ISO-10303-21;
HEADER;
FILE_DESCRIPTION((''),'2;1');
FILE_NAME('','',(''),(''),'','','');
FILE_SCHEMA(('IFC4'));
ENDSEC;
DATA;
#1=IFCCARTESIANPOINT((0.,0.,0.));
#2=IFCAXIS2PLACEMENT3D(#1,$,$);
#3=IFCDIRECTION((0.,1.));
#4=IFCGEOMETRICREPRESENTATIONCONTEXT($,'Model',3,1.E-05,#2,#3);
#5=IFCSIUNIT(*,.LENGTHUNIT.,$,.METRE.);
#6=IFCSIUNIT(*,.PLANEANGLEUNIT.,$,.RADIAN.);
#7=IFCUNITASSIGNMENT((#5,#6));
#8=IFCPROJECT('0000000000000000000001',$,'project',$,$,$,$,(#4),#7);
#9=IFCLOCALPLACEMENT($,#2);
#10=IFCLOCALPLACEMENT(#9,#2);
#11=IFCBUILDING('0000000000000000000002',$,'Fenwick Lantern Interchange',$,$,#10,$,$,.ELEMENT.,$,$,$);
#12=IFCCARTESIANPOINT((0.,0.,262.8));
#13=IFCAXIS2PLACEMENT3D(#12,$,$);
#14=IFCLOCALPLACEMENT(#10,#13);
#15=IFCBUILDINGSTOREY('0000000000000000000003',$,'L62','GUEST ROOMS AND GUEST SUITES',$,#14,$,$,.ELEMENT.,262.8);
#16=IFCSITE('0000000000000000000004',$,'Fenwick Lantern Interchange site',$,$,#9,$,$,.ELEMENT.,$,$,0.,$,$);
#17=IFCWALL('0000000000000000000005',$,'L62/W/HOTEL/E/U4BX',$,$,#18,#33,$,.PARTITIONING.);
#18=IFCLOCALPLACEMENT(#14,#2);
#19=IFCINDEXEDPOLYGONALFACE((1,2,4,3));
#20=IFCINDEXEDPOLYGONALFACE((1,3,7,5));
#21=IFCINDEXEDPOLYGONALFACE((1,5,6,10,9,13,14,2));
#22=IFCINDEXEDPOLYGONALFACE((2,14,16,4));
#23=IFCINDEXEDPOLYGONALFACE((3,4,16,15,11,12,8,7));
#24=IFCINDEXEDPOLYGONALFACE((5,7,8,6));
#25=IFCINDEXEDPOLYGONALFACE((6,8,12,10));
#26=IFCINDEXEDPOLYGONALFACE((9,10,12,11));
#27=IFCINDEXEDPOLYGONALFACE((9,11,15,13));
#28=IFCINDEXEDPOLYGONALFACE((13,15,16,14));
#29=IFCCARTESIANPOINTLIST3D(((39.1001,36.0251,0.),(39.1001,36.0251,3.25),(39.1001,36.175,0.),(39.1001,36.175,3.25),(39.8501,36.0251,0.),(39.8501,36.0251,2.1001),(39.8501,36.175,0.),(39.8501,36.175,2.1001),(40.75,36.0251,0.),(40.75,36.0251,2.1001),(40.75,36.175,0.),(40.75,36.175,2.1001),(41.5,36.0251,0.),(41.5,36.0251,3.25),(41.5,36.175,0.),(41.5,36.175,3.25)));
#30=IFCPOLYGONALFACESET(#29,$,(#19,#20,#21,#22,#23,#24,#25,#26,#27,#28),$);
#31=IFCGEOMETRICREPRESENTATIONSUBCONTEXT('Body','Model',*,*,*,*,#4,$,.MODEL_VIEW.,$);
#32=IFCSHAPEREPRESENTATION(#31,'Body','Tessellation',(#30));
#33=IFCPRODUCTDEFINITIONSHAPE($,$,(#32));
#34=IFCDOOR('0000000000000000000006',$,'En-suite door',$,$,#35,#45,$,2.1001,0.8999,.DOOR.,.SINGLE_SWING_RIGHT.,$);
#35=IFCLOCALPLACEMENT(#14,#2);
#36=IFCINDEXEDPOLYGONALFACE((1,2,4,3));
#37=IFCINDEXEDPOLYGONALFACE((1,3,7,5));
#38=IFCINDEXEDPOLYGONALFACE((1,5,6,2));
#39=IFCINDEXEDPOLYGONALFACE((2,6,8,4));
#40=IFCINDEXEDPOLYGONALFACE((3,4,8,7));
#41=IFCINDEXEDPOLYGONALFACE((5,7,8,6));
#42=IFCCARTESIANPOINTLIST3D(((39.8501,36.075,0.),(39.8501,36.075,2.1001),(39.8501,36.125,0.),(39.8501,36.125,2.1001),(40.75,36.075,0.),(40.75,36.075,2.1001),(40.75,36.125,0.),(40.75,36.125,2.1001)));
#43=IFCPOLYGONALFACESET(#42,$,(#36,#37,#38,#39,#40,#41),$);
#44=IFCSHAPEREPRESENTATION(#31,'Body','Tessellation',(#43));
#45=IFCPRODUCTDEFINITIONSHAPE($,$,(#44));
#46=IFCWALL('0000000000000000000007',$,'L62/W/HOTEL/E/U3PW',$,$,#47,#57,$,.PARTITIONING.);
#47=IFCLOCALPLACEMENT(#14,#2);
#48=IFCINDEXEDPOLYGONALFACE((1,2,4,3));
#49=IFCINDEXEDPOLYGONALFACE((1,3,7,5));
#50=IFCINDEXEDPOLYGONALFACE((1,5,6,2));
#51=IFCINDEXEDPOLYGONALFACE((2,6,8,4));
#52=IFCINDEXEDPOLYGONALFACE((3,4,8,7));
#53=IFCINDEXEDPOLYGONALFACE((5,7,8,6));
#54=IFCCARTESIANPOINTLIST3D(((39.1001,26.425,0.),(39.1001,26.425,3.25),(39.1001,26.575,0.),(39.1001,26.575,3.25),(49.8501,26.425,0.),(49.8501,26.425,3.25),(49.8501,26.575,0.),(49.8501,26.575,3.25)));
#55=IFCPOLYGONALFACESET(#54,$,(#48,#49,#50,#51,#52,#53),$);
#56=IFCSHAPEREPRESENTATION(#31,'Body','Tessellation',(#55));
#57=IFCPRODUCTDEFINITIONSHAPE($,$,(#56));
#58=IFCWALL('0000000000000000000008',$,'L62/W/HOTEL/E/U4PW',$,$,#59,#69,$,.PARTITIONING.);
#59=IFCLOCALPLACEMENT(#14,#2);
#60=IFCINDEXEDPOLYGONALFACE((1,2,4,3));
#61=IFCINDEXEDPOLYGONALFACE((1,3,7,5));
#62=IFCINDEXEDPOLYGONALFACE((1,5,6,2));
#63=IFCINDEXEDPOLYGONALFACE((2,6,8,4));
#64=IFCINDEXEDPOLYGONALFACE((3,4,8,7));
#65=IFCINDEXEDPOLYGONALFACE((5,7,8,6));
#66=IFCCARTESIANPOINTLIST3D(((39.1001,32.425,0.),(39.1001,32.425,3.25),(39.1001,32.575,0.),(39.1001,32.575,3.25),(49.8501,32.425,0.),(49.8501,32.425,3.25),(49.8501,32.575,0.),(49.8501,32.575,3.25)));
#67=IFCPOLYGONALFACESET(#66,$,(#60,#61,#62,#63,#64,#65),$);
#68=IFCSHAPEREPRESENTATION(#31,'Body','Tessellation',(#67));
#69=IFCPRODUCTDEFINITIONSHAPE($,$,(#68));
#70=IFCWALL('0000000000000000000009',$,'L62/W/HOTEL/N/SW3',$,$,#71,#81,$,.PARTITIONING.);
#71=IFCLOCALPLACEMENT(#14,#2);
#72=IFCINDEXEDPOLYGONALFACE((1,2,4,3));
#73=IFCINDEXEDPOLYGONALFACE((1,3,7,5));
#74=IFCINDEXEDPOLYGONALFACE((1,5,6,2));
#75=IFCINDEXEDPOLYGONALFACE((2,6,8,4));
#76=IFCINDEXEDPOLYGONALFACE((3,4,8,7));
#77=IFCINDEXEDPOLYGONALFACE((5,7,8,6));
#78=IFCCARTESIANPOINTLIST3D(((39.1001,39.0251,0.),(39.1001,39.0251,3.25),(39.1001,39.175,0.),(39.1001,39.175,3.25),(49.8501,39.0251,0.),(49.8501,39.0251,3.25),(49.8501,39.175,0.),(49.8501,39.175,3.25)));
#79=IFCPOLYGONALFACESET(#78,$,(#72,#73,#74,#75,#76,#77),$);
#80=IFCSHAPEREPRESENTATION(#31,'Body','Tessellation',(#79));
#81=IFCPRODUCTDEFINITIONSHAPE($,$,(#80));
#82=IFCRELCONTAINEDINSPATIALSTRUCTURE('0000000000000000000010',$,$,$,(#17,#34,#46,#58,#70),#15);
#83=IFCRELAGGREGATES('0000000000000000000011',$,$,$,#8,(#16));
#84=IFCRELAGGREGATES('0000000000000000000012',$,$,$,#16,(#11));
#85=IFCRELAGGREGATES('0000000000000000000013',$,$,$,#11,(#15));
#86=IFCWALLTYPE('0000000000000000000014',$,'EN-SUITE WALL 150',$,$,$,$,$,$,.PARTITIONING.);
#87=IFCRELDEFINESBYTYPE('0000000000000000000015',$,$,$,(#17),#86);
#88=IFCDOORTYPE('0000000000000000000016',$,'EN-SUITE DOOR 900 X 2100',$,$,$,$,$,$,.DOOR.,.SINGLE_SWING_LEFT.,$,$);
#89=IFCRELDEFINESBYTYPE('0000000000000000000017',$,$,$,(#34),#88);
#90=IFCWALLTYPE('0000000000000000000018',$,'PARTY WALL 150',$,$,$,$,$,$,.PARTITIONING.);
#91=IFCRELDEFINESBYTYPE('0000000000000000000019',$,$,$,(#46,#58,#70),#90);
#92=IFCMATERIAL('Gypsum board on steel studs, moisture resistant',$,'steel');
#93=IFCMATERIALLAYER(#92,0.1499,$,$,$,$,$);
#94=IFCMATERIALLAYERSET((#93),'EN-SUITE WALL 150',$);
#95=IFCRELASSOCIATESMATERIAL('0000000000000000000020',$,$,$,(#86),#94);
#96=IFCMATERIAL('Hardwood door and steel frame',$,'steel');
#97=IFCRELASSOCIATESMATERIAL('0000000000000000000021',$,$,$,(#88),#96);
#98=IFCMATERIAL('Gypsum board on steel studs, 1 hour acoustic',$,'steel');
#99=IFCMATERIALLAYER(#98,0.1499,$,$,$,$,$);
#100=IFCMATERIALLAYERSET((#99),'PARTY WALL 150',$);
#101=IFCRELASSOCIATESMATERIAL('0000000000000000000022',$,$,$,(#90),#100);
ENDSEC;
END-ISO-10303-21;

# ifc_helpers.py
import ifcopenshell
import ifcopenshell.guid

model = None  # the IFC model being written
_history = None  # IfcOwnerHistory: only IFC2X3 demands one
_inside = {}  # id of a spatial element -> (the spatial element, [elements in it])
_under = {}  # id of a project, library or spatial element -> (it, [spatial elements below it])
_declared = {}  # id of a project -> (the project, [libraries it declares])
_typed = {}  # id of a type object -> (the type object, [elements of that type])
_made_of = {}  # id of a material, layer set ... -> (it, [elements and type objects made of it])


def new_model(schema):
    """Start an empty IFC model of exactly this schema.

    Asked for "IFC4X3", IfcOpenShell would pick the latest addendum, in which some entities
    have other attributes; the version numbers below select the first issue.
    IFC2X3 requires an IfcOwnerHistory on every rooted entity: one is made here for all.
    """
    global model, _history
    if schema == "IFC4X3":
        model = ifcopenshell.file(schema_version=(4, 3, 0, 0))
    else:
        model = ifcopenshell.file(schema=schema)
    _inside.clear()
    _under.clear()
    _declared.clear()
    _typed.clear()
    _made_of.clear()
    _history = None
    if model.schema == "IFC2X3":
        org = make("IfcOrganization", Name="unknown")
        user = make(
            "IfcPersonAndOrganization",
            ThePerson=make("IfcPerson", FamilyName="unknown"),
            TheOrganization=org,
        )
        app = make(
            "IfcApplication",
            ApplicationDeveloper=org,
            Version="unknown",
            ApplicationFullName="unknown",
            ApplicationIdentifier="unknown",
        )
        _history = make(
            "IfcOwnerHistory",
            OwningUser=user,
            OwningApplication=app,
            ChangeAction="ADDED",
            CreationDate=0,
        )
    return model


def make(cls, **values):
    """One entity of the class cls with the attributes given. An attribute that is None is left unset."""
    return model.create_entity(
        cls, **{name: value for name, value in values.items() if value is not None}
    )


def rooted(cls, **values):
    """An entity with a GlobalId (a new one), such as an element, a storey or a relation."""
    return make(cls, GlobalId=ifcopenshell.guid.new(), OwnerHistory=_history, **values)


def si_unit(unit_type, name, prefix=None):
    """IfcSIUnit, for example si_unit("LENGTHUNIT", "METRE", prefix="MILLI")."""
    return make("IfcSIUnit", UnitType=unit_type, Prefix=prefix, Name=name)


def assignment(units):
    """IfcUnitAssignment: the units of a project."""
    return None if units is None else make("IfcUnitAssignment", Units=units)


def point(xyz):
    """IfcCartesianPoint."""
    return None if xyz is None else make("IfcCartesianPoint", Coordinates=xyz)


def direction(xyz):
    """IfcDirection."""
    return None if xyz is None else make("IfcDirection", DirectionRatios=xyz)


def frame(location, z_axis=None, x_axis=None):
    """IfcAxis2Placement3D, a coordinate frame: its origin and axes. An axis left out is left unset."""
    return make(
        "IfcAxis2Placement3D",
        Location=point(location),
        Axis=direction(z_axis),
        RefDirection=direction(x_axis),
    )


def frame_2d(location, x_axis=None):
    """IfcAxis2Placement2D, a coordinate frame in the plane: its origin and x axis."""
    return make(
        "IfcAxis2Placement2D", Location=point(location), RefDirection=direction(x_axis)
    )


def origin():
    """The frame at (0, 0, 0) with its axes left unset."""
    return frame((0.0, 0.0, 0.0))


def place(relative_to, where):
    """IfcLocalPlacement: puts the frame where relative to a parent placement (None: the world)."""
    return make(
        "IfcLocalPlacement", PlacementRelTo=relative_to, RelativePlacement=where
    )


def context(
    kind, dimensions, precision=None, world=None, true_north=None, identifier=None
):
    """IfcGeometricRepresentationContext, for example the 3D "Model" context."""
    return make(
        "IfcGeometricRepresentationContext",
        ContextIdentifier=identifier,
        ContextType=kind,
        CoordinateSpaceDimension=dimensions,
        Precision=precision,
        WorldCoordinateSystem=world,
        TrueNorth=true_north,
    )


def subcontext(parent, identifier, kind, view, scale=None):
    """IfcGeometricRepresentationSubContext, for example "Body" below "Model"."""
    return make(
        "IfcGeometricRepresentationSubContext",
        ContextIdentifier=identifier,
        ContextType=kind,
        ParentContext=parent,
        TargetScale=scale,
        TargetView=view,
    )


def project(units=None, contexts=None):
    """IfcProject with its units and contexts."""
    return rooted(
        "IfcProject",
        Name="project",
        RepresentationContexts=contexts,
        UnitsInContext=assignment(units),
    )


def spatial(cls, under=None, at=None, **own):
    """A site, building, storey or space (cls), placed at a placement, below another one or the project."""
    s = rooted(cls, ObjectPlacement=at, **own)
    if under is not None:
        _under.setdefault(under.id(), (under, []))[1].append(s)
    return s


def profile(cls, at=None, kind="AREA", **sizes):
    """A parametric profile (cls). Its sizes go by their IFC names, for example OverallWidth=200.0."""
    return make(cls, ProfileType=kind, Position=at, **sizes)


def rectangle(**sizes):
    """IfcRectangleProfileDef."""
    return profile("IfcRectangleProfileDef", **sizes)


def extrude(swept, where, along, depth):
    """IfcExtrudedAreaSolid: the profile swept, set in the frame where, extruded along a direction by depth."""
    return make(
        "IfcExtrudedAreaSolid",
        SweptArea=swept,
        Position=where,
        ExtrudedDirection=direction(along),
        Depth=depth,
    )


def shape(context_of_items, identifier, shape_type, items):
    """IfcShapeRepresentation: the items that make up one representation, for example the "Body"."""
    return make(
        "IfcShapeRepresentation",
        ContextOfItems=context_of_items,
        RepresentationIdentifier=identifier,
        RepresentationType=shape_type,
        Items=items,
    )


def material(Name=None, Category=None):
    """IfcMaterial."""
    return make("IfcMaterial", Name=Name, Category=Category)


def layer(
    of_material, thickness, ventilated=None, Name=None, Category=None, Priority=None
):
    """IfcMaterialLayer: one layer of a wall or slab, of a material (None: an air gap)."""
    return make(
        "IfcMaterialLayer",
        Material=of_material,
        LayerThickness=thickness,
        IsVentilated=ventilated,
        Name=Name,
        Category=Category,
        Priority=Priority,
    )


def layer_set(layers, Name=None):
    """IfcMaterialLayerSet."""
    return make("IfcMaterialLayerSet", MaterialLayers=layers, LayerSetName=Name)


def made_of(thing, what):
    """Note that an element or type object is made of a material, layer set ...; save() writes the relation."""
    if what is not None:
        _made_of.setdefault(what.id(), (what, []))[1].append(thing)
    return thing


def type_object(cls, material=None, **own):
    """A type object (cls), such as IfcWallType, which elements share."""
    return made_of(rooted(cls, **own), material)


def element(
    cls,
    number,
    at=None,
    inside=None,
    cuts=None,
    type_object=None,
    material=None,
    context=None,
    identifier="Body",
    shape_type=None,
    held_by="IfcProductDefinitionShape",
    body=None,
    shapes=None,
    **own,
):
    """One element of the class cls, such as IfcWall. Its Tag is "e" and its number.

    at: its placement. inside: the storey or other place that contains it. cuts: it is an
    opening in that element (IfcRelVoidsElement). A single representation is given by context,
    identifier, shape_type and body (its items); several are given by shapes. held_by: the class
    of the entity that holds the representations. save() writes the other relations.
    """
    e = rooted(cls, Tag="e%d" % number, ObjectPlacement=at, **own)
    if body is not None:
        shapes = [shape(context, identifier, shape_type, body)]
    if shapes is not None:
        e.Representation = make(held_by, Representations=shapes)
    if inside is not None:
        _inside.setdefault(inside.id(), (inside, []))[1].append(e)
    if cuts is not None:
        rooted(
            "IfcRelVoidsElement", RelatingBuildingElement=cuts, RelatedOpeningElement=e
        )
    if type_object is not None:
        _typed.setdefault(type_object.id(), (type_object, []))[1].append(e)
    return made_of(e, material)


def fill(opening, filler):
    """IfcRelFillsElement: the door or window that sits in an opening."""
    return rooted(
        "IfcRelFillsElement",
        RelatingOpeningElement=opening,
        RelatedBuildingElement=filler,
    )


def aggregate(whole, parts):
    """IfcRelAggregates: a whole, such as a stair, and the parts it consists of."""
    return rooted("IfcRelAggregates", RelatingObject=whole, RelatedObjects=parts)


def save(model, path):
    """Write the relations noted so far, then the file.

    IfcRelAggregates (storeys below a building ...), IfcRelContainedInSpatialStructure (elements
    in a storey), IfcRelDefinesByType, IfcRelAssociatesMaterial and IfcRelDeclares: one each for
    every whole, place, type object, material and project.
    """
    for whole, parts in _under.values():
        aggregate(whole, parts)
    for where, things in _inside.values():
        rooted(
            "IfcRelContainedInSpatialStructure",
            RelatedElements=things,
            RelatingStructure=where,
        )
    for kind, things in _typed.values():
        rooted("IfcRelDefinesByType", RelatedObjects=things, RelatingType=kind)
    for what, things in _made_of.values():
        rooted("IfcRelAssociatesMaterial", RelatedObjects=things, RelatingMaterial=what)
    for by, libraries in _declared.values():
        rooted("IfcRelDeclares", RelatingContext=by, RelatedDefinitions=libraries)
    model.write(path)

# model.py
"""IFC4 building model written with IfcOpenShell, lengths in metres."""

from ifc_helpers import new_model, si_unit, direction, frame, frame_2d, origin, place, context, subcontext, project, spatial, rectangle, extrude, material, layer, layer_set, type_object, element, fill, save


model = new_model("IFC4")

# Units and contexts
model_context = context("Model", 3, precision=1e-05, world=origin(), true_north=direction((0.0, 1.0)))
body_context = subcontext(model_context, "Body", "Model", "MODEL_VIEW")
ifc_project = project(units=[si_unit("LENGTHUNIT", "METRE"), si_unit("PLANEANGLEUNIT", "RADIAN")], contexts=[model_context])

# Site, building, storey
site_placement = place(None, origin())
site = spatial("IfcSite", under=ifc_project, at=site_placement, Name="Fenwick Lantern Interchange site", CompositionType="ELEMENT", RefElevation=0.0)
building_placement = place(site_placement, origin())
building = spatial("IfcBuilding", under=site, at=building_placement, Name="Fenwick Lantern Interchange", CompositionType="ELEMENT")
storey_placement = place(building_placement, frame((0.0, 0.0, 262.8)))
storey = spatial("IfcBuildingStorey", under=building, at=storey_placement, Name="L62", Description="GUEST ROOMS AND GUEST SUITES", CompositionType="ELEMENT", Elevation=262.8)

# Shared definitions
ifc_material_1 = material(Name="Gypsum board on steel studs, moisture resistant", Category="steel")
ifc_layer_1 = layer(ifc_material_1, 0.1499)
ifc_layer_set_1 = layer_set([ifc_layer_1], Name="EN-SUITE WALL 150")
wall_type_1 = type_object("IfcWallType", Name="EN-SUITE WALL 150", PredefinedType="PARTITIONING", material=ifc_layer_set_1)

# Shared definitions
ifc_material_2 = material(Name="Hardwood door and steel frame", Category="steel")
door_type = type_object("IfcDoorType", Name="EN-SUITE DOOR 900 X 2100", OperationType="SINGLE_SWING_LEFT", PredefinedType="DOOR", material=ifc_material_2)

# Wall, opening, door
wall_1_placement = place(storey_placement, frame((41.5, 36.1001, 0.0), z_axis=(0.0, 0.0, 1.0), x_axis=(-1.0, 0.0, 0.0)))
wall_1 = element("IfcWall", 1, at=wall_1_placement, inside=storey, type_object=wall_type_1, Name="L62/W/HOTEL/E/U4BX", PredefinedType="PARTITIONING", context=body_context, shape_type="SweptSolid", body=[
    extrude(rectangle(XDim=2.3999, YDim=0.1499, at=frame_2d((1.2, 0.0))), origin(), (0.0, 0.0, 1.0), 3.25),
])
opening_1_placement = place(wall_1_placement, frame((0.75, 0.0, 0.0)))
opening_1 = element("IfcOpeningElement", 2, at=opening_1_placement, cuts=wall_1, PredefinedType="OPENING", context=body_context, shape_type="SweptSolid", body=[
    extrude(rectangle(XDim=0.8999, YDim=2.1001, at=frame_2d((0.45, 1.05))), frame((0.0, 0.085, 0.0), z_axis=(0.0, -1.0, 0.0), x_axis=(1.0, 0.0, 0.0)), (0.0, 0.0, 1.0), 0.1699),
])
door_1_placement = place(opening_1_placement, frame((0.8999, 0.0, 0.0), z_axis=(0.0, 0.0, 1.0), x_axis=(-1.0, 0.0, 0.0)))
door_1 = element("IfcDoor", 3, at=door_1_placement, inside=storey, type_object=door_type, Name="En-suite door", OperationType="SINGLE_SWING_RIGHT", OverallHeight=2.1001, OverallWidth=0.8999, PredefinedType="DOOR", context=body_context, shape_type="SweptSolid", body=[
    extrude(rectangle(XDim=0.8999, YDim=2.1001, at=frame_2d((0.45, 1.05))), frame((0.0, 0.0249, 0.0), z_axis=(0.0, -1.0, 0.0), x_axis=(1.0, 0.0, 0.0)), (0.0, 0.0, 1.0), 0.05),
])
fill(opening_1, door_1)

# Walls
ifc_material_3 = material(Name="Gypsum board on steel studs, 1 hour acoustic", Category="steel")
ifc_layer_2 = layer(ifc_material_3, 0.1499)
ifc_layer_set_2 = layer_set([ifc_layer_2], Name="PARTY WALL 150")
wall_type_2 = type_object("IfcWallType", Name="PARTY WALL 150", PredefinedType="PARTITIONING", material=ifc_layer_set_2)
for number, where, z_axis, x_axis, name in (
    (4, (49.8501, 26.5, 0.0), (0.0, 0.0, 1.0), (-1.0, 0.0, 0.0), "L62/W/HOTEL/E/U3PW"),
    (5, (49.8501, 32.5, 0.0), (0.0, 0.0, 1.0), (-1.0, 0.0, 0.0), "L62/W/HOTEL/E/U4PW"),
    (6, (49.8501, 39.1001, 0.0), (0.0, 0.0, 1.0), (-1.0, 0.0, 0.0), "L62/W/HOTEL/N/SW3"),
):
    element("IfcWall", number, at=place(storey_placement, frame(where, z_axis=z_axis, x_axis=x_axis)), inside=storey, type_object=wall_type_2, Name=name, PredefinedType="PARTITIONING", context=body_context, shape_type="SweptSolid", body=[
        extrude(rectangle(XDim=10.75, YDim=0.1499, at=frame_2d((5.375, 0.0))), origin(), (0.0, 0.0, 1.0), 3.25),
    ])

save(model, "model.ifc")
